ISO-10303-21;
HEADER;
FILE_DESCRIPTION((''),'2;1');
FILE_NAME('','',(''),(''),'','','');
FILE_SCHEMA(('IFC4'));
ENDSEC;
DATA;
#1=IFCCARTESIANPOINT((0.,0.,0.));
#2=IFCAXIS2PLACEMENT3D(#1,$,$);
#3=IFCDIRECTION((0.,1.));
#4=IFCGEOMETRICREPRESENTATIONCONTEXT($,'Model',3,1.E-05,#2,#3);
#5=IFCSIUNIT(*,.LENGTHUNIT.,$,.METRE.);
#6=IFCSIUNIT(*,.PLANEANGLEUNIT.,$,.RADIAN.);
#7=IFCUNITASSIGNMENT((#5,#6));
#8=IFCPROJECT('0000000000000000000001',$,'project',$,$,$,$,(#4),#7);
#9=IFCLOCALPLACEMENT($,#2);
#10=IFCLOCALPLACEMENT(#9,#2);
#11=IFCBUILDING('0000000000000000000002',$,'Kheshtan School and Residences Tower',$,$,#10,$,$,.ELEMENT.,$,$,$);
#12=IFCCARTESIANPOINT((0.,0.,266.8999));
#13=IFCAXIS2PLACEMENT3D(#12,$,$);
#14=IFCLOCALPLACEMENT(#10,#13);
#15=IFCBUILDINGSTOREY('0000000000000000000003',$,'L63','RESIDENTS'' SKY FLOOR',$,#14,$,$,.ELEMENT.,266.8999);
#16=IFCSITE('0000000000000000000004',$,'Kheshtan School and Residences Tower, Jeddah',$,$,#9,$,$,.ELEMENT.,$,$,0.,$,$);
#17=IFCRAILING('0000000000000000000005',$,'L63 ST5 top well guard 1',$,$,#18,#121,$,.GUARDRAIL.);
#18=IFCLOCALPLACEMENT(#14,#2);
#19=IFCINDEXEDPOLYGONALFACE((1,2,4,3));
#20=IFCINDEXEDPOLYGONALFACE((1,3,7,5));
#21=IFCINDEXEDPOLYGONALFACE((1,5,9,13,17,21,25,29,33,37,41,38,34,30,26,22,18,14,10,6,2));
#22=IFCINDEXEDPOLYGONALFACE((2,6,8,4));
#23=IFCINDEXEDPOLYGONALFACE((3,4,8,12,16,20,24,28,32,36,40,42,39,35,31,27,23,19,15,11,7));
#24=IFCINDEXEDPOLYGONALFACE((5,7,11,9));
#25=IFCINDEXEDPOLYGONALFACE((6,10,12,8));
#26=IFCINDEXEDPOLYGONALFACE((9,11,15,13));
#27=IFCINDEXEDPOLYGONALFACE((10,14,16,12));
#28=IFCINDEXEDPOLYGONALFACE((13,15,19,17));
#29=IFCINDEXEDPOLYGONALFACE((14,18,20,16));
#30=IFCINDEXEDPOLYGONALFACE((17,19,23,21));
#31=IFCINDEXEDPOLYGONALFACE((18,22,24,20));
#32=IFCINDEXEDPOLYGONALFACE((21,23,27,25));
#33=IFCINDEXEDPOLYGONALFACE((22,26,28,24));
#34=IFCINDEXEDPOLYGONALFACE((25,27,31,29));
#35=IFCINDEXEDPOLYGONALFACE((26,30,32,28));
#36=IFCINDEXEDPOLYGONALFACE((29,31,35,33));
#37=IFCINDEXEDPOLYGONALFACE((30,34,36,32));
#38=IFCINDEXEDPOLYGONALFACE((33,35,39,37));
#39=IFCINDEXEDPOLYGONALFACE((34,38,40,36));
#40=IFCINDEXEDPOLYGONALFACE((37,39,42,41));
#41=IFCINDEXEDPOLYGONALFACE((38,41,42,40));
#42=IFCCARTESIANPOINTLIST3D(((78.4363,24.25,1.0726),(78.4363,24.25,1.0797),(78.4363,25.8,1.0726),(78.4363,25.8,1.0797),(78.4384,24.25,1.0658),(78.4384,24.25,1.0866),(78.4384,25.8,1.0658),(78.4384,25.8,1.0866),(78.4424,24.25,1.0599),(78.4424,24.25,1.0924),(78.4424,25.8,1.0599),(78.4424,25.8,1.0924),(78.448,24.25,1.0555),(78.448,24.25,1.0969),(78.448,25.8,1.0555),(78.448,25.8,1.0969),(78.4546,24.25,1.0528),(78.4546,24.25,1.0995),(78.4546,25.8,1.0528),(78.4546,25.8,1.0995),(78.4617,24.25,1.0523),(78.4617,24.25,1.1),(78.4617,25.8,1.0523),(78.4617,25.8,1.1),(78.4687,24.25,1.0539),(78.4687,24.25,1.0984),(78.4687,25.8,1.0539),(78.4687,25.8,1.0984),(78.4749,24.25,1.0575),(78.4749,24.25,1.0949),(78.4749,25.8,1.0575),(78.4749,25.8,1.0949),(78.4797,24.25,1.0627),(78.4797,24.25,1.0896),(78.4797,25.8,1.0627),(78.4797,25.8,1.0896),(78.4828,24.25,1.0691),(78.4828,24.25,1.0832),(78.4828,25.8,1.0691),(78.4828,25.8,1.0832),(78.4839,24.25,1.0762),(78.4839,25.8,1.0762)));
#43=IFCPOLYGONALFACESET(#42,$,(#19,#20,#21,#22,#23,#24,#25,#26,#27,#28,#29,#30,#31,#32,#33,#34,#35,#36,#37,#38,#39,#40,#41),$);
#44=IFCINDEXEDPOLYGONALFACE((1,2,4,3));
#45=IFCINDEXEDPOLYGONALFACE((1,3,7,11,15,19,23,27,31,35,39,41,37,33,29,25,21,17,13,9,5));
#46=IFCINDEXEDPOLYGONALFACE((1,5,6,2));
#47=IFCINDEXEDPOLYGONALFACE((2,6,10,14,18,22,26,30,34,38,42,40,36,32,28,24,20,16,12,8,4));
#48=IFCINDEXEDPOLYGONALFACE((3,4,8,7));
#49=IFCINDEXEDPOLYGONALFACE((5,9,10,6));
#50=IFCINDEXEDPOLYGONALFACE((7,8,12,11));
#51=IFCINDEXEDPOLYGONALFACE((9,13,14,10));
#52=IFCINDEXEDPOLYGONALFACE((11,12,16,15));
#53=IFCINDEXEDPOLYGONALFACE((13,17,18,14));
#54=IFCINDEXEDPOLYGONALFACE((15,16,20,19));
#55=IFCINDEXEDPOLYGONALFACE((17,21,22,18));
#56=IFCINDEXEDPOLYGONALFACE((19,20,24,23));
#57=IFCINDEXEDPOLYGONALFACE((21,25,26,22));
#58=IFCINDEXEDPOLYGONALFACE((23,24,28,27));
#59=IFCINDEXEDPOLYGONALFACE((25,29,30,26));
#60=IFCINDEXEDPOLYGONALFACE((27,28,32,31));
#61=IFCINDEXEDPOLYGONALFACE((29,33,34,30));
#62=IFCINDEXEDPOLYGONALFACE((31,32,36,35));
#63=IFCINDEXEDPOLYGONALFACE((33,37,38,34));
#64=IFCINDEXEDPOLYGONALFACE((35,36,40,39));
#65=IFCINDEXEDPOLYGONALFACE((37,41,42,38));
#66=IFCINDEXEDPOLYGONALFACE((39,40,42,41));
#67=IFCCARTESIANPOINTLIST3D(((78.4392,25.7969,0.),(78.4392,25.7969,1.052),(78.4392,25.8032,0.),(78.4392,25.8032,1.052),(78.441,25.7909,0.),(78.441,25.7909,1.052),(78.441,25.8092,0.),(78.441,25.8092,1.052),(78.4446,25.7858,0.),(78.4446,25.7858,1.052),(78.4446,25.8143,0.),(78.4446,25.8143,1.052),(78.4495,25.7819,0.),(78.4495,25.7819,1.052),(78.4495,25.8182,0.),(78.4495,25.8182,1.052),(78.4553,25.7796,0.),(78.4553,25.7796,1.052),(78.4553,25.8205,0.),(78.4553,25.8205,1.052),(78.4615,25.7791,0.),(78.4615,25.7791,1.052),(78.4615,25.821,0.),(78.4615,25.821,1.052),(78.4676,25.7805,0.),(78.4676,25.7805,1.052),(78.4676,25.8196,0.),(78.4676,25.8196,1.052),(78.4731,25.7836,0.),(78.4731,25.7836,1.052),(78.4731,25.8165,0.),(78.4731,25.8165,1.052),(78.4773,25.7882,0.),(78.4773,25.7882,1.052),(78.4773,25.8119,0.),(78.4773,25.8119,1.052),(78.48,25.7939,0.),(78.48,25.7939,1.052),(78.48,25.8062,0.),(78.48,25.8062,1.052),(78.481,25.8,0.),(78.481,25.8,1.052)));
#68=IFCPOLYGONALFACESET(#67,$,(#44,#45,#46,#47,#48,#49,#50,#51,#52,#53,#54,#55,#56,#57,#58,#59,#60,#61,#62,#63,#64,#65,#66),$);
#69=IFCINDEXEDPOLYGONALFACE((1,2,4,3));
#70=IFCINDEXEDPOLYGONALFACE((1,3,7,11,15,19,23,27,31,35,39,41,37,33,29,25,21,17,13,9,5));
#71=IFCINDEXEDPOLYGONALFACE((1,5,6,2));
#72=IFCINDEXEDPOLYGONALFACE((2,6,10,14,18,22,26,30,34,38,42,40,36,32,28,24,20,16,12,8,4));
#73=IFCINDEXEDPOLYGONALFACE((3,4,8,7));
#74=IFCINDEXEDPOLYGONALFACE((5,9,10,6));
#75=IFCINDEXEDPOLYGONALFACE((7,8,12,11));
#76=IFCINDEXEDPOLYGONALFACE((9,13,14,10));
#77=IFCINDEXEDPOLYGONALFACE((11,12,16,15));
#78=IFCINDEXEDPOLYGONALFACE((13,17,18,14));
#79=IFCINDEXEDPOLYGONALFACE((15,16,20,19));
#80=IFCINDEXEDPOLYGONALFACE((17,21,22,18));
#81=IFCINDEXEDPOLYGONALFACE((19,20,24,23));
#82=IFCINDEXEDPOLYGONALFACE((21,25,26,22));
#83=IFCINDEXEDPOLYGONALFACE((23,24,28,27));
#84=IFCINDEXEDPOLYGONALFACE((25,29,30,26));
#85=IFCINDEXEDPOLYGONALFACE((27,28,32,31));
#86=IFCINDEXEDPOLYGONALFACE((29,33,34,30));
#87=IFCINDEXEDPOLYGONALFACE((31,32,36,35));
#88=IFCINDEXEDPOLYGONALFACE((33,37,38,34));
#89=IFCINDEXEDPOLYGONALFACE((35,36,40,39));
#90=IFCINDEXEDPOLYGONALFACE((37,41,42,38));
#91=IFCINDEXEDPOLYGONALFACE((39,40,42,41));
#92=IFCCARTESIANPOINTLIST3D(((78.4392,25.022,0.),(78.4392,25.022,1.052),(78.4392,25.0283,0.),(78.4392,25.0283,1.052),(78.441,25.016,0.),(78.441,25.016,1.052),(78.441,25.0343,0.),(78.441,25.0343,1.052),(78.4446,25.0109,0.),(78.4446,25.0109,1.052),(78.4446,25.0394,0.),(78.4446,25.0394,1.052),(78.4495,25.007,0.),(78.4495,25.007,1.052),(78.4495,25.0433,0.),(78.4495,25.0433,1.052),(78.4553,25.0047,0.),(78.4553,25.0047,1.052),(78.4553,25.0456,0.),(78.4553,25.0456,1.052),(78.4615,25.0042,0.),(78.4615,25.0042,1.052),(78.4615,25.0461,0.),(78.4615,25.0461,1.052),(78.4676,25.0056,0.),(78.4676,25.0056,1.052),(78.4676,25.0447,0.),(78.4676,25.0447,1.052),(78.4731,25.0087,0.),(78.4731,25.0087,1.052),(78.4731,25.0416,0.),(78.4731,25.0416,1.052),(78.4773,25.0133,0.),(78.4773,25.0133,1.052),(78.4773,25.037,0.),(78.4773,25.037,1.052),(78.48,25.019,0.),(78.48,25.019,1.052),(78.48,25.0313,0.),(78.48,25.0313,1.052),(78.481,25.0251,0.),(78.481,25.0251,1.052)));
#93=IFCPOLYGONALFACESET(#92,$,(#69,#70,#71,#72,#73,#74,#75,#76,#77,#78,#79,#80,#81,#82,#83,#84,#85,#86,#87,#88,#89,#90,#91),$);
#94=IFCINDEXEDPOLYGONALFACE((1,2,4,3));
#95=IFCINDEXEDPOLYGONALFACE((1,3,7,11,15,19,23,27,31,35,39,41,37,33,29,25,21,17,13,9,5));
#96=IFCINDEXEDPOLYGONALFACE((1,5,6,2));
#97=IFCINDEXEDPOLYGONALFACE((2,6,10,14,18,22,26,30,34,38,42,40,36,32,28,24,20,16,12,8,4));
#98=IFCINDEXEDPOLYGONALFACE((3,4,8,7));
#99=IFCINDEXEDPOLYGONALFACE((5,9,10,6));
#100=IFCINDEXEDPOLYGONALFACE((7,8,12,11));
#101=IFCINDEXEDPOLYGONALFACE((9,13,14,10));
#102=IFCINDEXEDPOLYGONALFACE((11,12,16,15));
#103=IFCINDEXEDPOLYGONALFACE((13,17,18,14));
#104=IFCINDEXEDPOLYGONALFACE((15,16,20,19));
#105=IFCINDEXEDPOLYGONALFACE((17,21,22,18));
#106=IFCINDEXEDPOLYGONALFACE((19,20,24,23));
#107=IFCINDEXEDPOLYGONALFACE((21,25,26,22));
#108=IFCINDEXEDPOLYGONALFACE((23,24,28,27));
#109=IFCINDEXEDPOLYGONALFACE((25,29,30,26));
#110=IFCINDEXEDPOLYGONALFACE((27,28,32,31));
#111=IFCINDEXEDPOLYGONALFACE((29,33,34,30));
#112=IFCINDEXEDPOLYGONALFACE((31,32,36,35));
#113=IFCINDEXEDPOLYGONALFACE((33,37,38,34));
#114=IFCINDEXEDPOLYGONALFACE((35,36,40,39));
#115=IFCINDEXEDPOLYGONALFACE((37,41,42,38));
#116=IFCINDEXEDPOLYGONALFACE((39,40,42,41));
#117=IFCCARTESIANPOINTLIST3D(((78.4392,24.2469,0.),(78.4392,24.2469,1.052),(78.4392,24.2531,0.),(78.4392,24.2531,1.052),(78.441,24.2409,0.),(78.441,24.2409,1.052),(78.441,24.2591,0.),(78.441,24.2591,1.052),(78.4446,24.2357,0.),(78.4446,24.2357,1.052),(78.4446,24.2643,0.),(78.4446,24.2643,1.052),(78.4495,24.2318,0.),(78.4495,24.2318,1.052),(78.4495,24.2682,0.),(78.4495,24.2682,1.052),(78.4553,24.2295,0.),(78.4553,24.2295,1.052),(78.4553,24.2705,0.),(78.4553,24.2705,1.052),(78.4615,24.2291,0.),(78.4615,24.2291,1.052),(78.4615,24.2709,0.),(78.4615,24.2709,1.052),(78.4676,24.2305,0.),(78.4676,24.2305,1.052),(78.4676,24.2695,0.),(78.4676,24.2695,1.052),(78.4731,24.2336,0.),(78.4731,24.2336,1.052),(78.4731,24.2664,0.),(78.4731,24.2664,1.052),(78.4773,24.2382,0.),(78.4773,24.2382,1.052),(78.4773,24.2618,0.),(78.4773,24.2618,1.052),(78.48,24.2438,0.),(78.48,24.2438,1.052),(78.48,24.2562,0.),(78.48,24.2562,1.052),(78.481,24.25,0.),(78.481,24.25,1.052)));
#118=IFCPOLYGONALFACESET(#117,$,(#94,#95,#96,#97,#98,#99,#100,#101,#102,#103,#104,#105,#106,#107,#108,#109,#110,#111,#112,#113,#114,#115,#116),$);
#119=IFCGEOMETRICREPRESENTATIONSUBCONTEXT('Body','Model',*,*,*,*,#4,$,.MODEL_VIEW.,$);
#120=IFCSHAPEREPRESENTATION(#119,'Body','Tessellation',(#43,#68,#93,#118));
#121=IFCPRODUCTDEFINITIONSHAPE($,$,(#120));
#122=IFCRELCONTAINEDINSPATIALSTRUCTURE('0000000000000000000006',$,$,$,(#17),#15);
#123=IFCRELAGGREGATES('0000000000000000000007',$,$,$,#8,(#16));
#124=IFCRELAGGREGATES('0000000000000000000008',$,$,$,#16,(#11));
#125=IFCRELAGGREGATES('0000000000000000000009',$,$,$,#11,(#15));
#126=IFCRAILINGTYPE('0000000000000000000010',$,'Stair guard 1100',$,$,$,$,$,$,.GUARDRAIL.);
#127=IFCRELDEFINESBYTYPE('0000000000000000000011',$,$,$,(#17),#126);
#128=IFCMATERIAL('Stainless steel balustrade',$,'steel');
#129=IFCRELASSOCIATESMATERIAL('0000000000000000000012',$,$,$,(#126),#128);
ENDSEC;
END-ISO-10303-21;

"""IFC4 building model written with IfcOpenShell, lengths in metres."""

from ifc_helpers import new_model, si_unit, direction, frame, origin, origin_2d, place, context, subcontext, project, spatial, circle, extrude, material, type_object, element, save


model = new_model("IFC4")

# Units and contexts
model_context = context("Model", 3, precision=1e-05, world=origin(), true_north=direction((0.0, 1.0)))
body_context = subcontext(model_context, "Body", "Model", "MODEL_VIEW")
ifc_project = project(units=[si_unit("LENGTHUNIT", "METRE"), si_unit("PLANEANGLEUNIT", "RADIAN")], contexts=[model_context])

# Site, building, storey
site_placement = place(None, origin())
site = spatial("IfcSite", under=ifc_project, at=site_placement, Name="Kheshtan School and Residences Tower, Jeddah", CompositionType="ELEMENT", RefElevation=0.0)
building_placement = place(site_placement, origin())
building = spatial("IfcBuilding", under=site, at=building_placement, Name="Kheshtan School and Residences Tower", CompositionType="ELEMENT")
storey_placement = place(building_placement, frame((0.0, 0.0, 266.8999)))
storey = spatial("IfcBuildingStorey", under=building, at=storey_placement, Name="L63", Description="RESIDENTS' SKY FLOOR", CompositionType="ELEMENT", Elevation=266.8999)

# Railing
ifc_material_1 = material(Name="Stainless steel balustrade", Category="steel")
railing_type = type_object("IfcRailingType", Name="Stair guard 1100", PredefinedType="GUARDRAIL", material=ifc_material_1)
railing_placement = place(storey_placement, frame((78.46, 25.8, 0.0)))
element("IfcRailing", 1, at=railing_placement, inside=storey, type_object=railing_type, Name="L63 ST5 top well guard 1", PredefinedType="GUARDRAIL", context=body_context, shape_type="SweptSolid", body=[
    extrude(circle(Radius=0.0239, at=origin_2d()), frame((0.0, 0.0, 1.0762), z_axis=(0.0, -1.0, 0.0), x_axis=(1.0, 0.0, 0.0)), (0.0, 0.0, 1.0), 1.55),
    extrude(circle(Radius=0.021, at=origin_2d()), origin(), (0.0, 0.0, 1.0), 1.052),
    extrude(circle(Radius=0.021, at=origin_2d()), frame((0.0, -0.7749, 0.0)), (0.0, 0.0, 1.0), 1.052),
    extrude(circle(Radius=0.021, at=origin_2d()), frame((0.0, -1.55, 0.0)), (0.0, 0.0, 1.0), 1.052),
])

save(model, "model.ifc")
